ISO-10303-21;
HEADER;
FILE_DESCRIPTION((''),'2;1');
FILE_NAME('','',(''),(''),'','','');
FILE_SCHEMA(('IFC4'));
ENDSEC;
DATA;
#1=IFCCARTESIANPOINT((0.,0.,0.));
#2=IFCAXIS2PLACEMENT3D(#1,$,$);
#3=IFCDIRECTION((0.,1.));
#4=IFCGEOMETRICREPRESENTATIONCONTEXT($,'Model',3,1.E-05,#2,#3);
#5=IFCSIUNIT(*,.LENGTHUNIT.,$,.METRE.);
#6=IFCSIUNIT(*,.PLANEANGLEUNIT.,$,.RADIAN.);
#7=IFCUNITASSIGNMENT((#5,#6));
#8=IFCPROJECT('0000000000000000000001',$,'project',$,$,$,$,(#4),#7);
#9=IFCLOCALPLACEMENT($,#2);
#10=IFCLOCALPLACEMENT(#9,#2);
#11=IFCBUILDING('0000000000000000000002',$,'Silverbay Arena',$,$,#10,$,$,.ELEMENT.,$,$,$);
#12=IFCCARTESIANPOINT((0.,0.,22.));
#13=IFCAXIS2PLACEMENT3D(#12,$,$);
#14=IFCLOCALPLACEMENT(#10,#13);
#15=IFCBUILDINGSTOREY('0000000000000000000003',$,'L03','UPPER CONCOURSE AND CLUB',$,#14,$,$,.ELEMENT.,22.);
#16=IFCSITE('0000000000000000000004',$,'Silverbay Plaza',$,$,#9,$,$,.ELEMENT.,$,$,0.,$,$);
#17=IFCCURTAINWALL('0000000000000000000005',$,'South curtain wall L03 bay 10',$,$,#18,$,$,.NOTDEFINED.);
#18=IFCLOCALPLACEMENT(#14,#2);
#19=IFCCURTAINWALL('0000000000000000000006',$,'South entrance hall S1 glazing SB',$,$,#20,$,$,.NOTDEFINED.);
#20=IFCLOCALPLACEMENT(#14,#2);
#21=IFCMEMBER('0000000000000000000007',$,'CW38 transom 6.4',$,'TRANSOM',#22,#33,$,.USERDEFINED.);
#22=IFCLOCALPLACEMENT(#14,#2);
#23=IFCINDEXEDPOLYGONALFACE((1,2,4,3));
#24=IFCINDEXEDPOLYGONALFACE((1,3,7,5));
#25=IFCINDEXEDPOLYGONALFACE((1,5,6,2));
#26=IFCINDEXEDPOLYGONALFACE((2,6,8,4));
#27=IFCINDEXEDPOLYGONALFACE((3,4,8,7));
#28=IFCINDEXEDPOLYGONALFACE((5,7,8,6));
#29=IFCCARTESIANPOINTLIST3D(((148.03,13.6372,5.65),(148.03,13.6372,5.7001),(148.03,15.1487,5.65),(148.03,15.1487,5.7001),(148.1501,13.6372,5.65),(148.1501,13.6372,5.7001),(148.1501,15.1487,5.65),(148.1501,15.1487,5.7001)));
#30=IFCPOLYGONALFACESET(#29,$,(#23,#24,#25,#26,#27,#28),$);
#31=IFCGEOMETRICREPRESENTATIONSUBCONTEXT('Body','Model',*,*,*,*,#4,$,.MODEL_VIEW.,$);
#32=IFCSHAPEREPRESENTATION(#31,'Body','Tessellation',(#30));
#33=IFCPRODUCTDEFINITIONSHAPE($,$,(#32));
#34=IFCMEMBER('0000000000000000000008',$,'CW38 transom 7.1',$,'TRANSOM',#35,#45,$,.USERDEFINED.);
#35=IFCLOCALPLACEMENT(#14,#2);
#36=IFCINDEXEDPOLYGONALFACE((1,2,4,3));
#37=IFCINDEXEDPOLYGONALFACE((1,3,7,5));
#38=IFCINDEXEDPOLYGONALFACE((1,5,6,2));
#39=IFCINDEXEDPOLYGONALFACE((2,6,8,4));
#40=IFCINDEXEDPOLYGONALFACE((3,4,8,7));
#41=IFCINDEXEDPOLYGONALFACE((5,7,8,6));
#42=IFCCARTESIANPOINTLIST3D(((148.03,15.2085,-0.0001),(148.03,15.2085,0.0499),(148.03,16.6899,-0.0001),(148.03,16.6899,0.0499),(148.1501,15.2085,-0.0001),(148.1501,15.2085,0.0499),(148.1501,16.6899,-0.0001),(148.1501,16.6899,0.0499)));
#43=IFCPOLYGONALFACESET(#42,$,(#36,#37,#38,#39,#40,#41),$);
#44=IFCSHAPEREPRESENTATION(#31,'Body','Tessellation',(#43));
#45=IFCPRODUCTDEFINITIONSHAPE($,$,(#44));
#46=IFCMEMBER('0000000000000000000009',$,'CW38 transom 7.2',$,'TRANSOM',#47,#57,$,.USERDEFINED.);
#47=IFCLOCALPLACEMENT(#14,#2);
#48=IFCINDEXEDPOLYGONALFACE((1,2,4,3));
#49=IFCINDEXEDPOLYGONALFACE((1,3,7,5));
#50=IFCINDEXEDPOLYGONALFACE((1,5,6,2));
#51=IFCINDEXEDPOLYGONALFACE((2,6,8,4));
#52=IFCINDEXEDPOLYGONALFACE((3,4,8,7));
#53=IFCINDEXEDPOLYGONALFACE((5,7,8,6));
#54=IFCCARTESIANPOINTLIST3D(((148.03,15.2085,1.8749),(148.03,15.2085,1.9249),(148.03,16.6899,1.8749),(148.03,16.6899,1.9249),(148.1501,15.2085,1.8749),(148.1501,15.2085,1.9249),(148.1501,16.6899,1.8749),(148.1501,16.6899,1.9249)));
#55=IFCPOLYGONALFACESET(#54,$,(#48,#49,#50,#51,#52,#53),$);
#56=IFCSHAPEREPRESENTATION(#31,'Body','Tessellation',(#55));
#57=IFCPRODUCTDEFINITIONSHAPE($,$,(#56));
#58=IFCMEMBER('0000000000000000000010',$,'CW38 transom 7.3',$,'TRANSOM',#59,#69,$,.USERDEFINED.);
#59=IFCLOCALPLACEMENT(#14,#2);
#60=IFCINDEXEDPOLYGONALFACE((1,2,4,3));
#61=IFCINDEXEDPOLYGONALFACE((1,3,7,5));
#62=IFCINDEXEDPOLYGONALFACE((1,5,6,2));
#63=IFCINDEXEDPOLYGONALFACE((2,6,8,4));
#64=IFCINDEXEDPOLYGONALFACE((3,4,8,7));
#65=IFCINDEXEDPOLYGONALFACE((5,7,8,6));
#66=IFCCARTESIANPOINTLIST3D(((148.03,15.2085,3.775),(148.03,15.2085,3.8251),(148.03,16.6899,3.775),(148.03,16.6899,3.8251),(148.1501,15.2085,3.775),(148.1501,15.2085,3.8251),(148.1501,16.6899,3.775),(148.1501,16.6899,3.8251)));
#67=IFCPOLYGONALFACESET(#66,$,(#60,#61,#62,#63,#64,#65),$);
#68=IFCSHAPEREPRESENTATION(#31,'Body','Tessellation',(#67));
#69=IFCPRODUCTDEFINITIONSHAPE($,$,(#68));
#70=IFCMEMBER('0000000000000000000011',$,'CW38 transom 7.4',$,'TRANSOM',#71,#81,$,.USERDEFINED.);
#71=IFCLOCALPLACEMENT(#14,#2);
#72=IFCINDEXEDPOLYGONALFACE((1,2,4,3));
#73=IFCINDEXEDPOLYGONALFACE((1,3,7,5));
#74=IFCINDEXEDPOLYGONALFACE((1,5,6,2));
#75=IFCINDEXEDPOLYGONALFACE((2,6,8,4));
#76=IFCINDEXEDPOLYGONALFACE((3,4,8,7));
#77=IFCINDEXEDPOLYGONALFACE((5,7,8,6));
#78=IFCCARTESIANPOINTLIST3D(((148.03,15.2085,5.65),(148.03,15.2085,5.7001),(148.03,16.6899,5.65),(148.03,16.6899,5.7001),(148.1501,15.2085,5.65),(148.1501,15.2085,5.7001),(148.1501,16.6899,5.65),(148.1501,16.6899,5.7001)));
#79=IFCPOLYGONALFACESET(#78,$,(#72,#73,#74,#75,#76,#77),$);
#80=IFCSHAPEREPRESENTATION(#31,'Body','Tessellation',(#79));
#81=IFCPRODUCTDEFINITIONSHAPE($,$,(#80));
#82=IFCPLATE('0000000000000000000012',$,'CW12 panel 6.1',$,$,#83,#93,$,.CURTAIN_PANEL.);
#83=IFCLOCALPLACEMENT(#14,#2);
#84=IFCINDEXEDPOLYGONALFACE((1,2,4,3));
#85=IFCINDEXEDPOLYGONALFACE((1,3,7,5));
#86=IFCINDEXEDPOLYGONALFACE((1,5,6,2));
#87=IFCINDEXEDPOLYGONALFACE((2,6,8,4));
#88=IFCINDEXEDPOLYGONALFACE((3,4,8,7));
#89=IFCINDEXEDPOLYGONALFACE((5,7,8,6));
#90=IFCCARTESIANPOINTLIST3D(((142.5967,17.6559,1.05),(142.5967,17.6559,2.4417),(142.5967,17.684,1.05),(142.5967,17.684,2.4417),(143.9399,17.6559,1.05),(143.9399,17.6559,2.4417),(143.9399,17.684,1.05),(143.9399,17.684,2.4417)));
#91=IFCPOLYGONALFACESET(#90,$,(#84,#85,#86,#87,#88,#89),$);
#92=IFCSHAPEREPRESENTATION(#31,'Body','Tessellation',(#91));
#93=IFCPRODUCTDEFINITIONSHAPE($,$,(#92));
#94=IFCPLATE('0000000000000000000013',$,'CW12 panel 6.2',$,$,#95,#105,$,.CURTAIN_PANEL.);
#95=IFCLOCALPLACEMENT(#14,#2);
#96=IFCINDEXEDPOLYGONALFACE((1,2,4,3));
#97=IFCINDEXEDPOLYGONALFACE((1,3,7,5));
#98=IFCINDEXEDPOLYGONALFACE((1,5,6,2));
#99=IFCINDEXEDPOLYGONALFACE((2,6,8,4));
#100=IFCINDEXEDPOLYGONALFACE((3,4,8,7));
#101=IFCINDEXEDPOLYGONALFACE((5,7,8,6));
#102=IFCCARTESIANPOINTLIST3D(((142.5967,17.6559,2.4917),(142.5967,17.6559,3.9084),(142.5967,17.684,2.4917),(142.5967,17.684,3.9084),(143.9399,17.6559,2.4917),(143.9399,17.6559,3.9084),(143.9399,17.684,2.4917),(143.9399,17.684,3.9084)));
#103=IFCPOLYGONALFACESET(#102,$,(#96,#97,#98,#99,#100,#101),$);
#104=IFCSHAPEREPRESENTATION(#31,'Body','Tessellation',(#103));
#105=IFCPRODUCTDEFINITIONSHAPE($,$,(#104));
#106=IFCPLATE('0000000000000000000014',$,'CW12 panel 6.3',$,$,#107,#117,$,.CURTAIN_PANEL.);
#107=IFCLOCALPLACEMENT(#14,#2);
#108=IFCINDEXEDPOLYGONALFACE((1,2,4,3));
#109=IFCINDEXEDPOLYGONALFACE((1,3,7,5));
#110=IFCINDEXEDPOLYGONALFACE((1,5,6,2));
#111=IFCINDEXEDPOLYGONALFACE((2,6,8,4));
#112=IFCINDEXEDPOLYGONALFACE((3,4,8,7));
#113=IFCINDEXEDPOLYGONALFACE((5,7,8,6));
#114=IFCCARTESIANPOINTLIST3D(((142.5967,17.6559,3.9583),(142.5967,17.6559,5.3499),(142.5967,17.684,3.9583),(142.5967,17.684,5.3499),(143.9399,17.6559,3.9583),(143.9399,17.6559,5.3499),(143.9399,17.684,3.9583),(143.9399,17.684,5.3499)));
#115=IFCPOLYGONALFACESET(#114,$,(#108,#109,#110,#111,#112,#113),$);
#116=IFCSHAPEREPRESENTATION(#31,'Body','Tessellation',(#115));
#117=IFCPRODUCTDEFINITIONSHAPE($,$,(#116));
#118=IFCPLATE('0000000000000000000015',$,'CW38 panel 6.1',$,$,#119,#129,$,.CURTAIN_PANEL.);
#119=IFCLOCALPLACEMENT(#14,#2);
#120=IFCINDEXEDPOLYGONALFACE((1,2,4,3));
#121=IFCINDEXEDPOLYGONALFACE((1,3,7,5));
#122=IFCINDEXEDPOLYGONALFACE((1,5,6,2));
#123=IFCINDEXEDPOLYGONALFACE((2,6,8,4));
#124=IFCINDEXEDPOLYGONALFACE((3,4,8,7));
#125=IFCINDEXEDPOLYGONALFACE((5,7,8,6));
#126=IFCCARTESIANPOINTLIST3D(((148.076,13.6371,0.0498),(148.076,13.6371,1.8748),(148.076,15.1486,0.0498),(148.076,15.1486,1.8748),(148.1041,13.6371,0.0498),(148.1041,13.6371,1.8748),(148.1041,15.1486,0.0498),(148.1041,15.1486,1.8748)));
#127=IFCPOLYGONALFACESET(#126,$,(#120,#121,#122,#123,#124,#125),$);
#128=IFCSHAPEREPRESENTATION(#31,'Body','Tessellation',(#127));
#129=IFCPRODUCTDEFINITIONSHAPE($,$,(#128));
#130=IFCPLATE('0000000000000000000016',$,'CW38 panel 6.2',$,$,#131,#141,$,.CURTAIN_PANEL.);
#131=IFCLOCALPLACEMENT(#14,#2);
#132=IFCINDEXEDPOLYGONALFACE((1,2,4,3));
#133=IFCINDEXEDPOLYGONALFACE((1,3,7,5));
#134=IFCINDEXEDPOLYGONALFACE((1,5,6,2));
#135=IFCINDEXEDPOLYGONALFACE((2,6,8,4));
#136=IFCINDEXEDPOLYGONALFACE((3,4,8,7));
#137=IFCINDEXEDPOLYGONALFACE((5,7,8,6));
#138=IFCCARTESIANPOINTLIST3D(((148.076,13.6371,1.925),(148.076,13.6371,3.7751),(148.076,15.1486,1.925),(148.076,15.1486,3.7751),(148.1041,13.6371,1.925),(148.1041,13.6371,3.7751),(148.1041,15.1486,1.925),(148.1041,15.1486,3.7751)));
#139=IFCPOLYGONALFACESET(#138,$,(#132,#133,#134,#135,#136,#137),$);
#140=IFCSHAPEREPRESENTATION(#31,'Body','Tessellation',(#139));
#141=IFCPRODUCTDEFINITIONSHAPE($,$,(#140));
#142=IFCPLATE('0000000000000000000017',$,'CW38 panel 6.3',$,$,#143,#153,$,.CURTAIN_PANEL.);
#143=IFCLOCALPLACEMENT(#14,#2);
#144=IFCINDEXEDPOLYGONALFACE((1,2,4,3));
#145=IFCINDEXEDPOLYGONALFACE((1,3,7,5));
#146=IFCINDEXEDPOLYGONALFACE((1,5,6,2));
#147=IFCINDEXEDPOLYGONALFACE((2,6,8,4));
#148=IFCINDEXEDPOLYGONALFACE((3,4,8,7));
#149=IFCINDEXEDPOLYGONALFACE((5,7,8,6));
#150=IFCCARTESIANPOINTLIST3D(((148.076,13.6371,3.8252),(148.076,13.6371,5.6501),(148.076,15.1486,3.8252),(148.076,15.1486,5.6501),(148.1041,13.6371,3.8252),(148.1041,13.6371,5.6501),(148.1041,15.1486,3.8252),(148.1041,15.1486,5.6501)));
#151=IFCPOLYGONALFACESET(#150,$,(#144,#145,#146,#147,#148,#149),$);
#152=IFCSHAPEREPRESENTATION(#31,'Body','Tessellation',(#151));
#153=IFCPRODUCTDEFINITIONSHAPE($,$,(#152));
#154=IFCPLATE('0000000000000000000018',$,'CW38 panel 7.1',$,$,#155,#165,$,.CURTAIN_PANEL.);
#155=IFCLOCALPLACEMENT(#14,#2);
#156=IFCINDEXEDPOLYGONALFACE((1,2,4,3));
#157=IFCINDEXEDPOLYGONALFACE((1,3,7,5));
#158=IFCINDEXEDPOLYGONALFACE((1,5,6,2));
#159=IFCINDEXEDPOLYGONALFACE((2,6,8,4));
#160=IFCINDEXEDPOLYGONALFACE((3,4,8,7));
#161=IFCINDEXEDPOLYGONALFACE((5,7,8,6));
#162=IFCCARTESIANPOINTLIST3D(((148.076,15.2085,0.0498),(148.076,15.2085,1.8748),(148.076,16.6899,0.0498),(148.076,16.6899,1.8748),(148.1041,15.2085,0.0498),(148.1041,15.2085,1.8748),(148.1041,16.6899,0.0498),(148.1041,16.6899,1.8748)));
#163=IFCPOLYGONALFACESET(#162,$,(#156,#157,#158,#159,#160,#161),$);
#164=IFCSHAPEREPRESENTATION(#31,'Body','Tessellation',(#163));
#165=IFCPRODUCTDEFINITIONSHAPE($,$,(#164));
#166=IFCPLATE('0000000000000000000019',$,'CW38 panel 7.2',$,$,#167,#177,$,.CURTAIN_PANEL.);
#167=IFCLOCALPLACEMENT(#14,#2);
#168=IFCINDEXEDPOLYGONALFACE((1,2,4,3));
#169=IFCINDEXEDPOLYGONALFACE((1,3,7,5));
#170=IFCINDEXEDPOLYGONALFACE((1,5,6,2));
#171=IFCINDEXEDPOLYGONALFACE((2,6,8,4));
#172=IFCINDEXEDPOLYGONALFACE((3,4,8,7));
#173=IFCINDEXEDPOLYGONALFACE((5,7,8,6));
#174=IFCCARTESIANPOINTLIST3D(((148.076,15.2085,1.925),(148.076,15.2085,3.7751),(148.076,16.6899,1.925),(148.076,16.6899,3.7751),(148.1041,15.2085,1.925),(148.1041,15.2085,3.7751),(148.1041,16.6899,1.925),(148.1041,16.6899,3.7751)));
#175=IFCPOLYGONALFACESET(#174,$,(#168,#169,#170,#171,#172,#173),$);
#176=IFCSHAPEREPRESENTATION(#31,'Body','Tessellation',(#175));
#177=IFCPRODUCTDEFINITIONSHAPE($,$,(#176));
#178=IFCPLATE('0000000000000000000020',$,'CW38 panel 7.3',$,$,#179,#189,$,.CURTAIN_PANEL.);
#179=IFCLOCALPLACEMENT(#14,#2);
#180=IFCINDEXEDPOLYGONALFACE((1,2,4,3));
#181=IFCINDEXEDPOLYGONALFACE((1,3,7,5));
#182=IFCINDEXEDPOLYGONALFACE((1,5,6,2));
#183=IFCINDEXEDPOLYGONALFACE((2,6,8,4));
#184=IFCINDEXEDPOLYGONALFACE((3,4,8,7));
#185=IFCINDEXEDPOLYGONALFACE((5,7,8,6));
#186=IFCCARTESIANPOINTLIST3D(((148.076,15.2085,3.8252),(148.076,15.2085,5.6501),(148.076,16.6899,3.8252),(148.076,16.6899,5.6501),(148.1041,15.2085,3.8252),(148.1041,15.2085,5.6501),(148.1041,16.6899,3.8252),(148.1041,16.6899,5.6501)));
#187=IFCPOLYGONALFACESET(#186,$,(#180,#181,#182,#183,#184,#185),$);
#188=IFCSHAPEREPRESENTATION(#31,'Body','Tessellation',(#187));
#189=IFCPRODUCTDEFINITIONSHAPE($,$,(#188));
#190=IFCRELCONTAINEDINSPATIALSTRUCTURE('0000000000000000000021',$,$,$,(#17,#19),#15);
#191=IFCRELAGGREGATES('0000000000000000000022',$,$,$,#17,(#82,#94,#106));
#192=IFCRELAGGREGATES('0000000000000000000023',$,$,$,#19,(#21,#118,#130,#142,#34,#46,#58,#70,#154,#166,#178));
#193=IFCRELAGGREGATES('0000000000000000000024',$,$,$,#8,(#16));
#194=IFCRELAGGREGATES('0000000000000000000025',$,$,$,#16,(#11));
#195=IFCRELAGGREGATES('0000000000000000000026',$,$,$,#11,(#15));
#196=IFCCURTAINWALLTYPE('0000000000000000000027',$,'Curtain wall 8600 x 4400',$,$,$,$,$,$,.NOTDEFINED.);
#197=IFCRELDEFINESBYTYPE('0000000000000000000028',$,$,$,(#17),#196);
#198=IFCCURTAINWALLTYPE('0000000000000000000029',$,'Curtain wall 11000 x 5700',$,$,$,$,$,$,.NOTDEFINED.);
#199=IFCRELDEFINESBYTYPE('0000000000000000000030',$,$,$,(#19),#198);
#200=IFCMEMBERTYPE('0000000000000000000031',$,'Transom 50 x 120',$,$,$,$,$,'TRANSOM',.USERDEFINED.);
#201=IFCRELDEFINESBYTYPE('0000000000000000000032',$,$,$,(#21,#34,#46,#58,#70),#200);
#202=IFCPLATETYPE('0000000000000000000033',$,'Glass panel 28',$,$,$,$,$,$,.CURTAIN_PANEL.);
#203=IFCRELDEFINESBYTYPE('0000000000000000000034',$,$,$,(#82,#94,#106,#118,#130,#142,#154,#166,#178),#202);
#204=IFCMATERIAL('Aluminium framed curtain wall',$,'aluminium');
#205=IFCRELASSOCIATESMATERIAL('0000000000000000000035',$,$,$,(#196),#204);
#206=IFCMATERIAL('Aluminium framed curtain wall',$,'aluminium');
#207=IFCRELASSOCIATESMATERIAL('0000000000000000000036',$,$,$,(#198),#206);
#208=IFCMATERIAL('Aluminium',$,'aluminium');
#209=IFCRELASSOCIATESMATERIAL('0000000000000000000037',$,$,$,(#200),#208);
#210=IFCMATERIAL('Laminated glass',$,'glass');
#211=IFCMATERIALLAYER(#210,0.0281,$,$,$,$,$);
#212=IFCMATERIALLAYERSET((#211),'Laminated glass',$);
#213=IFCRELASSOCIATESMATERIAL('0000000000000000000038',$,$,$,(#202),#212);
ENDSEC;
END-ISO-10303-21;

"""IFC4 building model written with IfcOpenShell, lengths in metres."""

from ifc_helpers import new_model, si_unit, direction, frame, origin, origin_2d, place, context, subcontext, project, spatial, rectangle, extrude, material, layer, layer_set, material_profile, profile_set, type_object, element, aggregate, save


model = new_model("IFC4")

# Units and contexts
model_context = context("Model", 3, precision=1e-05, world=origin(), true_north=direction((0.0, 1.0)))
body_context = subcontext(model_context, "Body", "Model", "MODEL_VIEW")
ifc_project = project(units=[si_unit("LENGTHUNIT", "METRE"), si_unit("PLANEANGLEUNIT", "RADIAN")], contexts=[model_context])

# Site, building, storey
site_placement = place(None, origin())
site = spatial("IfcSite", under=ifc_project, at=site_placement, Name="Silverbay Plaza", CompositionType="ELEMENT", RefElevation=0.0)
building_placement = place(site_placement, origin())
building = spatial("IfcBuilding", under=site, at=building_placement, Name="Silverbay Arena", CompositionType="ELEMENT")
storey_placement = place(building_placement, frame((0.0, 0.0, 22.0)))
storey = spatial("IfcBuildingStorey", under=building, at=storey_placement, Name="L03", Description="UPPER CONCOURSE AND CLUB", CompositionType="ELEMENT", Elevation=22.0)

# Curtain walls
ifc_material_1 = material(Name="Aluminium framed curtain wall", Category="aluminium")
curtain_wall_type_1 = type_object("IfcCurtainWallType", Name="Curtain wall 8600 x 4400", PredefinedType="NOTDEFINED", material=ifc_material_1)
curtain_wall_1_placement = place(storey_placement, origin())
curtain_wall_1 = element("IfcCurtainWall", 1, at=curtain_wall_1_placement, inside=storey, type_object=curtain_wall_type_1, Name="South curtain wall L03 bay 10", PredefinedType="NOTDEFINED")
ifc_material_2 = material(Name="Aluminium framed curtain wall", Category="aluminium")
curtain_wall_type_2 = type_object("IfcCurtainWallType", Name="Curtain wall 11000 x 5700", PredefinedType="NOTDEFINED", material=ifc_material_2)
curtain_wall_2_placement = place(storey_placement, origin())
curtain_wall_2 = element("IfcCurtainWall", 2, at=curtain_wall_2_placement, inside=storey, type_object=curtain_wall_type_2, Name="South entrance hall S1 glazing SB", PredefinedType="NOTDEFINED")

# Members
ifc_material_3 = material(Name="Aluminium", Category="aluminium")
ifc_material_profile_1 = material_profile(ifc_material_3, rectangle(XDim=0.1201, YDim=0.05, at=origin_2d()), Name="Transom 50 x 120")
ifc_profile_set_1 = profile_set([ifc_material_profile_1], Name="Aluminium")
member_type_1 = type_object("IfcMemberType", Name="Transom 50 x 120", ElementType="TRANSOM", PredefinedType="USERDEFINED", material=ifc_profile_set_1)
member_1_placement = place(storey_placement, frame((148.0901, 13.6372, 5.675), z_axis=(0.0, 1.0, 0.0), x_axis=(-1.0, 0.0, 0.0)))
member_1 = element("IfcMember", 3, at=member_1_placement, type_object=member_type_1, Name="CW38 transom 6.4", ObjectType="TRANSOM", PredefinedType="USERDEFINED", context=body_context, shape_type="SweptSolid", body=[
    extrude(rectangle(XDim=0.1201, YDim=0.05, at=origin_2d()), origin(), (0.0, 0.0, 1.0), 1.5115),
])
member_2_placement = place(storey_placement, frame((148.0901, 15.2085, 0.0249), z_axis=(0.0, 1.0, 0.0), x_axis=(-1.0, 0.0, 0.0)))
member_2 = element("IfcMember", 4, at=member_2_placement, type_object=member_type_1, Name="CW38 transom 7.1", ObjectType="TRANSOM", PredefinedType="USERDEFINED", context=body_context, shape_type="SweptSolid", body=[
    extrude(rectangle(XDim=0.1201, YDim=0.05, at=origin_2d()), origin(), (0.0, 0.0, 1.0), 1.4814),
])
member_3_placement = place(storey_placement, frame((148.0901, 15.2085, 1.8999), z_axis=(0.0, 1.0, 0.0), x_axis=(-1.0, 0.0, 0.0)))
member_3 = element("IfcMember", 5, at=member_3_placement, type_object=member_type_1, Name="CW38 transom 7.2", ObjectType="TRANSOM", PredefinedType="USERDEFINED", context=body_context, shape_type="SweptSolid", body=[
    extrude(rectangle(XDim=0.1201, YDim=0.05, at=origin_2d()), origin(), (0.0, 0.0, 1.0), 1.4814),
])
member_4_placement = place(storey_placement, frame((148.0901, 15.2085, 3.8), z_axis=(0.0, 1.0, 0.0), x_axis=(-1.0, 0.0, 0.0)))
member_4 = element("IfcMember", 6, at=member_4_placement, type_object=member_type_1, Name="CW38 transom 7.3", ObjectType="TRANSOM", PredefinedType="USERDEFINED", context=body_context, shape_type="SweptSolid", body=[
    extrude(rectangle(XDim=0.1201, YDim=0.05, at=origin_2d()), origin(), (0.0, 0.0, 1.0), 1.4814),
])
member_5_placement = place(storey_placement, frame((148.0901, 15.2085, 5.675), z_axis=(0.0, 1.0, 0.0), x_axis=(-1.0, 0.0, 0.0)))
member_5 = element("IfcMember", 7, at=member_5_placement, type_object=member_type_1, Name="CW38 transom 7.4", ObjectType="TRANSOM", PredefinedType="USERDEFINED", context=body_context, shape_type="SweptSolid", body=[
    extrude(rectangle(XDim=0.1201, YDim=0.05, at=origin_2d()), origin(), (0.0, 0.0, 1.0), 1.4814),
])

# Plates
ifc_material_4 = material(Name="Laminated glass", Category="glass")
ifc_layer = layer(ifc_material_4, 0.0281)
ifc_layer_set = layer_set([ifc_layer], Name="Laminated glass")
plate_type = type_object("IfcPlateType", Name="Glass panel 28", PredefinedType="CURTAIN_PANEL", material=ifc_layer_set)
plate_1_placement = place(storey_placement, frame((143.2683, 17.6699, 1.05), z_axis=(0.0, 0.0, 1.0), x_axis=(1.0, 0.0, 0.0)))
plate_1 = element("IfcPlate", 8, at=plate_1_placement, type_object=plate_type, Name="CW12 panel 6.1", PredefinedType="CURTAIN_PANEL", context=body_context, shape_type="SweptSolid", body=[
    extrude(rectangle(XDim=1.3433, YDim=0.0281, at=origin_2d()), origin(), (0.0, 0.0, 1.0), 1.3916),
])
plate_2_placement = place(storey_placement, frame((143.2683, 17.6699, 2.4917), z_axis=(0.0, 0.0, 1.0), x_axis=(1.0, 0.0, 0.0)))
plate_2 = element("IfcPlate", 9, at=plate_2_placement, type_object=plate_type, Name="CW12 panel 6.2", PredefinedType="CURTAIN_PANEL", context=body_context, shape_type="SweptSolid", body=[
    extrude(rectangle(XDim=1.3433, YDim=0.0281, at=origin_2d()), origin(), (0.0, 0.0, 1.0), 1.4167),
])
plate_3_placement = place(storey_placement, frame((143.2683, 17.6699, 3.9583), z_axis=(0.0, 0.0, 1.0), x_axis=(1.0, 0.0, 0.0)))
plate_3 = element("IfcPlate", 10, at=plate_3_placement, type_object=plate_type, Name="CW12 panel 6.3", PredefinedType="CURTAIN_PANEL", context=body_context, shape_type="SweptSolid", body=[
    extrude(rectangle(XDim=1.3433, YDim=0.0281, at=origin_2d()), origin(), (0.0, 0.0, 1.0), 1.3916),
])
aggregate(curtain_wall_1, [plate_1, plate_2, plate_3])
plate_4_placement = place(storey_placement, frame((148.0901, 14.3928, 0.0498), z_axis=(0.0, 0.0, 1.0), x_axis=(0.0, 1.0, 0.0)))
plate_4 = element("IfcPlate", 11, at=plate_4_placement, type_object=plate_type, Name="CW38 panel 6.1", PredefinedType="CURTAIN_PANEL", context=body_context, shape_type="SweptSolid", body=[
    extrude(rectangle(XDim=1.5115, YDim=0.0281, at=origin_2d()), origin(), (0.0, 0.0, 1.0), 1.825),
])
plate_5_placement = place(storey_placement, frame((148.0901, 14.3928, 1.925), z_axis=(0.0, 0.0, 1.0), x_axis=(0.0, 1.0, 0.0)))
plate_5 = element("IfcPlate", 12, at=plate_5_placement, type_object=plate_type, Name="CW38 panel 6.2", PredefinedType="CURTAIN_PANEL", context=body_context, shape_type="SweptSolid", body=[
    extrude(rectangle(XDim=1.5115, YDim=0.0281, at=origin_2d()), origin(), (0.0, 0.0, 1.0), 1.8501),
])
plate_6_placement = place(storey_placement, frame((148.0901, 14.3928, 3.8252), z_axis=(0.0, 0.0, 1.0), x_axis=(0.0, 1.0, 0.0)))
plate_6 = element("IfcPlate", 13, at=plate_6_placement, type_object=plate_type, Name="CW38 panel 6.3", PredefinedType="CURTAIN_PANEL", context=body_context, shape_type="SweptSolid", body=[
    extrude(rectangle(XDim=1.5115, YDim=0.0281, at=origin_2d()), origin(), (0.0, 0.0, 1.0), 1.825),
])
plate_7_placement = place(storey_placement, frame((148.0901, 15.9492, 0.0498), z_axis=(0.0, 0.0, 1.0), x_axis=(0.0, 1.0, 0.0)))
plate_7 = element("IfcPlate", 14, at=plate_7_placement, type_object=plate_type, Name="CW38 panel 7.1", PredefinedType="CURTAIN_PANEL", context=body_context, shape_type="SweptSolid", body=[
    extrude(rectangle(XDim=1.4814, YDim=0.0281, at=origin_2d()), origin(), (0.0, 0.0, 1.0), 1.825),
])
plate_8_placement = place(storey_placement, frame((148.0901, 15.9492, 1.925), z_axis=(0.0, 0.0, 1.0), x_axis=(0.0, 1.0, 0.0)))
plate_8 = element("IfcPlate", 15, at=plate_8_placement, type_object=plate_type, Name="CW38 panel 7.2", PredefinedType="CURTAIN_PANEL", context=body_context, shape_type="SweptSolid", body=[
    extrude(rectangle(XDim=1.4814, YDim=0.0281, at=origin_2d()), origin(), (0.0, 0.0, 1.0), 1.8501),
])
plate_9_placement = place(storey_placement, frame((148.0901, 15.9492, 3.8252), z_axis=(0.0, 0.0, 1.0), x_axis=(0.0, 1.0, 0.0)))
plate_9 = element("IfcPlate", 16, at=plate_9_placement, type_object=plate_type, Name="CW38 panel 7.3", PredefinedType="CURTAIN_PANEL", context=body_context, shape_type="SweptSolid", body=[
    extrude(rectangle(XDim=1.4814, YDim=0.0281, at=origin_2d()), origin(), (0.0, 0.0, 1.0), 1.825),
])
aggregate(curtain_wall_2, [member_1, plate_4, plate_5, plate_6, member_2, member_3, member_4, member_5, plate_7, plate_8, plate_9])

save(model, "model.ifc")
